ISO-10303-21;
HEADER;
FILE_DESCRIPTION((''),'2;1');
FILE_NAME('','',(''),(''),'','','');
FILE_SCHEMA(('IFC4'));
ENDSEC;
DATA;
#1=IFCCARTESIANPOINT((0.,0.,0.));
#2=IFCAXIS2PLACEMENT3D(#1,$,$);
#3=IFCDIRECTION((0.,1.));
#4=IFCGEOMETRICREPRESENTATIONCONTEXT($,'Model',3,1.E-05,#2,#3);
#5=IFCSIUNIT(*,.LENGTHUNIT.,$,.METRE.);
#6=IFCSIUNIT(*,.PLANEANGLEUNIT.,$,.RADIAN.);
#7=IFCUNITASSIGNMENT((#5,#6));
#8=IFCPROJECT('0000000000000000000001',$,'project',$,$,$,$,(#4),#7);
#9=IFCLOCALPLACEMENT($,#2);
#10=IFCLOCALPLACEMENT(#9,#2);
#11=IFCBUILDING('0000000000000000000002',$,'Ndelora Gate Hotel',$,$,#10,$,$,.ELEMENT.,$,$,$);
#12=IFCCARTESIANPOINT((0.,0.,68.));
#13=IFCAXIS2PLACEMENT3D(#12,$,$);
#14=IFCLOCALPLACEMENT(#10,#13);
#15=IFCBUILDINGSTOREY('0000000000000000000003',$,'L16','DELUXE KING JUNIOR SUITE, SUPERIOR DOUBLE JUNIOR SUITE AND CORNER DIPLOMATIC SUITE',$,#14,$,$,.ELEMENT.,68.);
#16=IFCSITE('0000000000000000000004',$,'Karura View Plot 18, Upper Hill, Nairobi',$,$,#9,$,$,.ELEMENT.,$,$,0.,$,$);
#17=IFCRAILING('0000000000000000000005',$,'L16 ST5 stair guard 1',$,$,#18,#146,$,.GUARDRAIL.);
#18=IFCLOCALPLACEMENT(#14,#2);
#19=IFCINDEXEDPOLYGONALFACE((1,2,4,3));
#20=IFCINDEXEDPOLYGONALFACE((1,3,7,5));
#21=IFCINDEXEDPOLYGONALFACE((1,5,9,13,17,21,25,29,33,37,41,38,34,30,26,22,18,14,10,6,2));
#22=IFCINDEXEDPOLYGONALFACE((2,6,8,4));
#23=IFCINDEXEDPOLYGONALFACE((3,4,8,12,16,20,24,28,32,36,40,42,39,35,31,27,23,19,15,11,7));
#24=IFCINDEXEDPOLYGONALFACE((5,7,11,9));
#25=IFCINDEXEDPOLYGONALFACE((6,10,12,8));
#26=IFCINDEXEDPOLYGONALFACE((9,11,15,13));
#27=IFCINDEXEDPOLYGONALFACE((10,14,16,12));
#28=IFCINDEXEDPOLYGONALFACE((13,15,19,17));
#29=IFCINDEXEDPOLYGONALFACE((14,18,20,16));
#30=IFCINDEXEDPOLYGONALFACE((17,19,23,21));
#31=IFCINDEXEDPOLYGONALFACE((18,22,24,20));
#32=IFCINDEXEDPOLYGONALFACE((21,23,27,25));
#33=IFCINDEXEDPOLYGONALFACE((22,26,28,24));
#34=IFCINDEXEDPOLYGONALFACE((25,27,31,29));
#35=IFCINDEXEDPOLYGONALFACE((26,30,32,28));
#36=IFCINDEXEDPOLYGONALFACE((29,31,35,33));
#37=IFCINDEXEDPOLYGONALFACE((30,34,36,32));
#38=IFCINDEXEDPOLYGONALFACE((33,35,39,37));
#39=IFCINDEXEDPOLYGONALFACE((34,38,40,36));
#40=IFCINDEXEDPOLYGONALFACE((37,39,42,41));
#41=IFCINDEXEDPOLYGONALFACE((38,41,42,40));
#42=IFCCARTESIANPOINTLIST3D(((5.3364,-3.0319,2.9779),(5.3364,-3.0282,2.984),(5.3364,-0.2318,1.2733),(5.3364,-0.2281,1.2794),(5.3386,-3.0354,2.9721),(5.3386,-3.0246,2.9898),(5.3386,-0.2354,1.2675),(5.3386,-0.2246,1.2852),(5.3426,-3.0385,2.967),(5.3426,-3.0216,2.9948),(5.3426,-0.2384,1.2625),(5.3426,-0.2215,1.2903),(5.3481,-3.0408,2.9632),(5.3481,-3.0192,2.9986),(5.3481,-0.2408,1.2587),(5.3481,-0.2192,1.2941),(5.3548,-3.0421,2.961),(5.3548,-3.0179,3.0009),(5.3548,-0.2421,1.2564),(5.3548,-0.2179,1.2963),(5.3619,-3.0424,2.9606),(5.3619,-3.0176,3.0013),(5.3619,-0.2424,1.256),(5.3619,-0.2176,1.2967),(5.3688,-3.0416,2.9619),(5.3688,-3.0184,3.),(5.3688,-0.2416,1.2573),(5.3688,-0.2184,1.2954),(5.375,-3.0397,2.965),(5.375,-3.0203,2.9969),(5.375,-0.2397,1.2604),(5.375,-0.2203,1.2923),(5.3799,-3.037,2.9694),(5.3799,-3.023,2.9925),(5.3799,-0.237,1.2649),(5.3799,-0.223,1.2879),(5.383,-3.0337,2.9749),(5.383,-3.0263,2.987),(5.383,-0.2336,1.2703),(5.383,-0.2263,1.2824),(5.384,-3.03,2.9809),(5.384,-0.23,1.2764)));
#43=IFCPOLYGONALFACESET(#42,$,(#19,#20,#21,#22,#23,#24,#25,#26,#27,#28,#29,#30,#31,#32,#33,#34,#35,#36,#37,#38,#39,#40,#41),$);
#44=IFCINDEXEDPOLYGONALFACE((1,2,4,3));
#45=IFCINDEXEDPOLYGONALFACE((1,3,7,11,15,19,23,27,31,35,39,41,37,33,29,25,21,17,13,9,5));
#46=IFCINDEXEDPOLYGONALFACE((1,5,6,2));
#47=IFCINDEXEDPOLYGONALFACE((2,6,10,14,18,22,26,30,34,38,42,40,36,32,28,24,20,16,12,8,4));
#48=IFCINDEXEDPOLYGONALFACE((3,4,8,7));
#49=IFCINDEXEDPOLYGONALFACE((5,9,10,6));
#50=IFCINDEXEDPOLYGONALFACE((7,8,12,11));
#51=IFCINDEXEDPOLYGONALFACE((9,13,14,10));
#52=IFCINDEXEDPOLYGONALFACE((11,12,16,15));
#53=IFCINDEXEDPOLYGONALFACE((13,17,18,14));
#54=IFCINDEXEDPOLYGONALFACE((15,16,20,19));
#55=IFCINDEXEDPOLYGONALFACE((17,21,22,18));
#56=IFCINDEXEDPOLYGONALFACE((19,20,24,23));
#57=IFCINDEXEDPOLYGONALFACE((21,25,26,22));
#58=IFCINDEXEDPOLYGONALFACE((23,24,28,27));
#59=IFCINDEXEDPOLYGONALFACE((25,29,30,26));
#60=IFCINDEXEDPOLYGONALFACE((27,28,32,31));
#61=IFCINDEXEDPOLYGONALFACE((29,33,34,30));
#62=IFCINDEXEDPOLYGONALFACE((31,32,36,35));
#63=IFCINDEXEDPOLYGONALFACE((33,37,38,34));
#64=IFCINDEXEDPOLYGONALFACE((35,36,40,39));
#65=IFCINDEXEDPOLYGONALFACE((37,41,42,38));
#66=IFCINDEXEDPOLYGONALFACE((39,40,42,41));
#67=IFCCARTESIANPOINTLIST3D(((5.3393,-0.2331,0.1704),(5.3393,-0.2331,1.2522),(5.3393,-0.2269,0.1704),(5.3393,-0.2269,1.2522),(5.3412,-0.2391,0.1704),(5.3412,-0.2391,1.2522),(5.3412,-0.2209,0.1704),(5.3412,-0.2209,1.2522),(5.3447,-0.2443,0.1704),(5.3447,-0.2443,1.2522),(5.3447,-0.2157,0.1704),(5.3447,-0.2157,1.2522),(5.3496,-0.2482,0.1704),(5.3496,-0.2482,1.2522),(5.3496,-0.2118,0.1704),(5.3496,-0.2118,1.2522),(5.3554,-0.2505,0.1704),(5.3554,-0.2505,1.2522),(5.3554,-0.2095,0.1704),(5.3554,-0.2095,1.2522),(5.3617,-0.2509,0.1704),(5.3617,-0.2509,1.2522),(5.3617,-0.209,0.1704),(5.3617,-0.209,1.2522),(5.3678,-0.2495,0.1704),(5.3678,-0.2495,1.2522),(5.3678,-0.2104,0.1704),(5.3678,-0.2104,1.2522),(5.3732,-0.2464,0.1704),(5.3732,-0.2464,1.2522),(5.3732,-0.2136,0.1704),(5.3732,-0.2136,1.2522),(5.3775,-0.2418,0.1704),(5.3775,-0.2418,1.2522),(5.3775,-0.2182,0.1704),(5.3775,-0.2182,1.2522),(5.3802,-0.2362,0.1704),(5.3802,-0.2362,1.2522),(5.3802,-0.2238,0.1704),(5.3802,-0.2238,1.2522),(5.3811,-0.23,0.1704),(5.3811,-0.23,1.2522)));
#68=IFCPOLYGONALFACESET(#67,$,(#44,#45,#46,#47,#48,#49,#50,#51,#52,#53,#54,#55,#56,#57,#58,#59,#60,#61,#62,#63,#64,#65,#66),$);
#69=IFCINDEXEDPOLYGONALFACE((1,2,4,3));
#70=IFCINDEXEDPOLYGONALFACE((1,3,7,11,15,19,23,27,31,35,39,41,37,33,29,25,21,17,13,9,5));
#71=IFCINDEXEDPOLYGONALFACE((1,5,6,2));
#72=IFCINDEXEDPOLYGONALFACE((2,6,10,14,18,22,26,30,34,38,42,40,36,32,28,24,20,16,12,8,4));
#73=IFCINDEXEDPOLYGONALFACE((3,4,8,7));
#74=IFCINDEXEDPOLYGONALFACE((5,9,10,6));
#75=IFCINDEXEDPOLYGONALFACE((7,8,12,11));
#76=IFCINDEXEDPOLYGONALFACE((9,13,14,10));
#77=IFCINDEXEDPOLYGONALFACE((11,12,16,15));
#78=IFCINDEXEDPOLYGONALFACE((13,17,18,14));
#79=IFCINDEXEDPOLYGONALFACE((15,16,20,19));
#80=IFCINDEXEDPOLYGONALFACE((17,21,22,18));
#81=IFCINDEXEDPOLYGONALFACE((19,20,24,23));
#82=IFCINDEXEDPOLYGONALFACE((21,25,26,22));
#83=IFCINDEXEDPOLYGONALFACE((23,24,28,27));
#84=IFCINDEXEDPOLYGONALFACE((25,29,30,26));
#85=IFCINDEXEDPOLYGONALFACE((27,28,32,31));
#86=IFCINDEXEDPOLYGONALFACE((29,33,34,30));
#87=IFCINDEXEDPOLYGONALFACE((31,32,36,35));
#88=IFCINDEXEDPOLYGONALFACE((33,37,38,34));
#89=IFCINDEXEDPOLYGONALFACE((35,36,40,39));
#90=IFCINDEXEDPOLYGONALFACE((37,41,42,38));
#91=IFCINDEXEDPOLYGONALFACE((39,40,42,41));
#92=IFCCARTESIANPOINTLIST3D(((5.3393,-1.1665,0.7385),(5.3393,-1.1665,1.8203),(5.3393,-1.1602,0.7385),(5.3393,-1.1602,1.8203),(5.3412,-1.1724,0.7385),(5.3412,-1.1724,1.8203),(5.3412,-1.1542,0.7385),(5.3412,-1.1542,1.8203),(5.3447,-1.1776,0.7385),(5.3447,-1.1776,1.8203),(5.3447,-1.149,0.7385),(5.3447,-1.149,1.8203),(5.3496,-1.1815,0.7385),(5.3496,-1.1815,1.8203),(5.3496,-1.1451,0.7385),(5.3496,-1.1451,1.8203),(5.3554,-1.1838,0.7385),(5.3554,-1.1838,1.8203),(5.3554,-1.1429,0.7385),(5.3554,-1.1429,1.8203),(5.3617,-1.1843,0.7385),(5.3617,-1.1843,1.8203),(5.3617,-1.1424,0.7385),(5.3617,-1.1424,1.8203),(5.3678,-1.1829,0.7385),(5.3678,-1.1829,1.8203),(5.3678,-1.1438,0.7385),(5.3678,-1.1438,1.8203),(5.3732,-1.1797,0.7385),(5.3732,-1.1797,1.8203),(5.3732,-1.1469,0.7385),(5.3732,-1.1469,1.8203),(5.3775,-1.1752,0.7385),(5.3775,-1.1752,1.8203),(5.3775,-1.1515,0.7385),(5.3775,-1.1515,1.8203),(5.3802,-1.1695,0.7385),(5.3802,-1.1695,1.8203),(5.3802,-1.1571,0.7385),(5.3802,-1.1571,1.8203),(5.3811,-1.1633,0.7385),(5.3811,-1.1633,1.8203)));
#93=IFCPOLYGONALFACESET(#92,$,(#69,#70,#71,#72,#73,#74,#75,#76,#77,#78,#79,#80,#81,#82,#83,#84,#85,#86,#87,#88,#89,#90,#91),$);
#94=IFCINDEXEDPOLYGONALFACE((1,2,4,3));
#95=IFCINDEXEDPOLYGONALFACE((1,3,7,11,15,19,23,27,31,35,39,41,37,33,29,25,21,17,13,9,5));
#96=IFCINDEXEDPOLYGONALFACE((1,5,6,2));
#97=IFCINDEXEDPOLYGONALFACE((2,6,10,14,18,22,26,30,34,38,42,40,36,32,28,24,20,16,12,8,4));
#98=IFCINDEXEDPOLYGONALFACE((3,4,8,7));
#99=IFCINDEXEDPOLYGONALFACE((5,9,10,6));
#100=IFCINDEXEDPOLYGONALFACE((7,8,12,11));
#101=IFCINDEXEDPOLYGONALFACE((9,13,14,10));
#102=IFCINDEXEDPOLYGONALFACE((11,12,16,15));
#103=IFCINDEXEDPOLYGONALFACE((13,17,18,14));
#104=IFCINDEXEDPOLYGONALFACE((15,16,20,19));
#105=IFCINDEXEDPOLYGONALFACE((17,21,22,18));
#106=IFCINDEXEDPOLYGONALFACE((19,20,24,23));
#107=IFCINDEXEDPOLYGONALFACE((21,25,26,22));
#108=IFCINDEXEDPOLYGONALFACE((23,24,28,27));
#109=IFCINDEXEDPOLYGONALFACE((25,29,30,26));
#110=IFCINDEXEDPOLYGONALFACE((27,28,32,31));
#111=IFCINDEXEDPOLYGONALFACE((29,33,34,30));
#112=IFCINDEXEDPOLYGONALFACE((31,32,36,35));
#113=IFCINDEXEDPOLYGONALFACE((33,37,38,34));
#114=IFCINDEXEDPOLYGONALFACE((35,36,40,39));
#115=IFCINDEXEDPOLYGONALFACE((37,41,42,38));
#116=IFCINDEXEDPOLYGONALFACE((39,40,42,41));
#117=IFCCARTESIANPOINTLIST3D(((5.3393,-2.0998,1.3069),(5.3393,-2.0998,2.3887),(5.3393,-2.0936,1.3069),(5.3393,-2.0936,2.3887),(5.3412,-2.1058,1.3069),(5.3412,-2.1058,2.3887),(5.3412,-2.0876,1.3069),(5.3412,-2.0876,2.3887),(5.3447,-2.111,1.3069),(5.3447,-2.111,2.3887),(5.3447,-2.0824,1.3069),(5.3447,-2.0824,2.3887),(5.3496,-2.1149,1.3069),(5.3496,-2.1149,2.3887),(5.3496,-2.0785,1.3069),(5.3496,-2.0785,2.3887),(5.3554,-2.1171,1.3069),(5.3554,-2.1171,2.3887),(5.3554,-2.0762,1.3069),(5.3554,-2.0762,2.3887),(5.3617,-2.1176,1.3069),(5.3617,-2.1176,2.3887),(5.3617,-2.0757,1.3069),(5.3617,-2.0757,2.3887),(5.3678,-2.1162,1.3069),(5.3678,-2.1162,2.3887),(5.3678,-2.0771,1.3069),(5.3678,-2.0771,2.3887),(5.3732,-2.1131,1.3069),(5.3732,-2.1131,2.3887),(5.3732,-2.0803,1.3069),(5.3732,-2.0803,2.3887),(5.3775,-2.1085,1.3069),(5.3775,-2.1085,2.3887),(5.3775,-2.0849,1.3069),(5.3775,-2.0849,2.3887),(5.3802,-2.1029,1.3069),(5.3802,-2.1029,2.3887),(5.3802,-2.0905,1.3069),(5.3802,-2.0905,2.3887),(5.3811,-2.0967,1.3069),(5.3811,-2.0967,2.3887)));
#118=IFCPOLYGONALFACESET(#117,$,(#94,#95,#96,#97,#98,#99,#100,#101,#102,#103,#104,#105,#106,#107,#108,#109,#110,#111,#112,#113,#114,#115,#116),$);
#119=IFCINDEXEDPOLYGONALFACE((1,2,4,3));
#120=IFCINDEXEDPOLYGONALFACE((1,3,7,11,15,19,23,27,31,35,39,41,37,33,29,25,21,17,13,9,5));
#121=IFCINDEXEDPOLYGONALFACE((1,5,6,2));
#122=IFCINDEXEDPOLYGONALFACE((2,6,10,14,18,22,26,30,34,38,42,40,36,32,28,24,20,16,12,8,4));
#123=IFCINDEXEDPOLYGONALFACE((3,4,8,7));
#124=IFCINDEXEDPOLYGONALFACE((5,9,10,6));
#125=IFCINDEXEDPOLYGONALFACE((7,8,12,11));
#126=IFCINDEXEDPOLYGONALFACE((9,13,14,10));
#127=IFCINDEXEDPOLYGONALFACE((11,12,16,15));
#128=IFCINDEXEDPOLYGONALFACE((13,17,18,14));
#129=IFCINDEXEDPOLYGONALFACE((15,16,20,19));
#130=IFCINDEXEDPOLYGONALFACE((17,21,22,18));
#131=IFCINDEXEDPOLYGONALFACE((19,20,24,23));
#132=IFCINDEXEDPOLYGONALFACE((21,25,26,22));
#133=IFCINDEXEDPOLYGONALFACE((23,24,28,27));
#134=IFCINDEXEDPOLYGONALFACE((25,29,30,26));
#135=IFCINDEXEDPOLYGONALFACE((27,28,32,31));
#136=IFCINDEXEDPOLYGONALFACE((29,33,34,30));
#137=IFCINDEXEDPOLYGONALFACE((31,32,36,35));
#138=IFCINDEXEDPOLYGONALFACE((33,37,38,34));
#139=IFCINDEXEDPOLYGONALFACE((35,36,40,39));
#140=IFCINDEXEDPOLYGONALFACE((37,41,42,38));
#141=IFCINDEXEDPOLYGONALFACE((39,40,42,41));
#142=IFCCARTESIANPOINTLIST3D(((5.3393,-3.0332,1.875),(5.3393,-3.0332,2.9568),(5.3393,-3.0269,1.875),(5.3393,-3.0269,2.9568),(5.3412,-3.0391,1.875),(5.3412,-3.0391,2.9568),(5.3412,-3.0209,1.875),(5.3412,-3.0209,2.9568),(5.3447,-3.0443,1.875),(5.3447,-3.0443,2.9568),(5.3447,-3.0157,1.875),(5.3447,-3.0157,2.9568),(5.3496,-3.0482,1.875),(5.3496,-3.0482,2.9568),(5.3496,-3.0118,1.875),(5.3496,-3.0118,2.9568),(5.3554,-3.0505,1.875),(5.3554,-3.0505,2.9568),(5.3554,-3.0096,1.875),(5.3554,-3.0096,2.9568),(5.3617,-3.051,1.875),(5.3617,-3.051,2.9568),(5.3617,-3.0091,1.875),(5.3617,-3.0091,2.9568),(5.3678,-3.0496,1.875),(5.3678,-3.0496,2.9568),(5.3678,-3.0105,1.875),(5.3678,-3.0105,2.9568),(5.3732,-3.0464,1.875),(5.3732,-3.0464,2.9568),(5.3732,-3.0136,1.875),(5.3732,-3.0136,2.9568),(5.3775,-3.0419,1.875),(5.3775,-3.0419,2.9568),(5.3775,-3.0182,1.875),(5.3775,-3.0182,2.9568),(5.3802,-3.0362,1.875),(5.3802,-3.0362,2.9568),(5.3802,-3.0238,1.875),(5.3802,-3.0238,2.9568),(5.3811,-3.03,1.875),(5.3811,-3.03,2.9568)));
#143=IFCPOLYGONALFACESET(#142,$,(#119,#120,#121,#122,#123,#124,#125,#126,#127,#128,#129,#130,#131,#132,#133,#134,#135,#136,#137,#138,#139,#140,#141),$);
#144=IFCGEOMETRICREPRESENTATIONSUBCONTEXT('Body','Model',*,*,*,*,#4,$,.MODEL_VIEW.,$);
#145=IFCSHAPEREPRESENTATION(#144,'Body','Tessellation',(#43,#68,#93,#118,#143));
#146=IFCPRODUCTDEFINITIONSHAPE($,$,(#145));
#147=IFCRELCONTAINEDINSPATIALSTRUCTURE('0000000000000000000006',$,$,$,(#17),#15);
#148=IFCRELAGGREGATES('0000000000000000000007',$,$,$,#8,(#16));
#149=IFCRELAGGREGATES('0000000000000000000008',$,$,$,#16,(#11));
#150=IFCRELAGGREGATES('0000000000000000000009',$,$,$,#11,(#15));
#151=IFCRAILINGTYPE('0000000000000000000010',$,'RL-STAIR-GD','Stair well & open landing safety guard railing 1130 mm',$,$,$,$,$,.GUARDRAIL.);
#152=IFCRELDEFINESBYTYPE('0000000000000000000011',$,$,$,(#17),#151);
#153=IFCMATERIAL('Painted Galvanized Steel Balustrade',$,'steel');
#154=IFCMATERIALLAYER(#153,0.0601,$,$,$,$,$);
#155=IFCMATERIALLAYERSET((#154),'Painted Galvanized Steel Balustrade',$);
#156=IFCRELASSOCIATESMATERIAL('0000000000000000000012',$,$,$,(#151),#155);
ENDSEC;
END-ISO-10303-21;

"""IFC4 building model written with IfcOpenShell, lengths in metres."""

from ifc_helpers import new_model, si_unit, direction, frame, origin, origin_2d, place, context, subcontext, project, spatial, circle, extrude, material, layer, layer_set, type_object, element, save


model = new_model("IFC4")

# Units and contexts
model_context = context("Model", 3, precision=1e-05, world=origin(), true_north=direction((0.0, 1.0)))
body_context = subcontext(model_context, "Body", "Model", "MODEL_VIEW")
ifc_project = project(units=[si_unit("LENGTHUNIT", "METRE"), si_unit("PLANEANGLEUNIT", "RADIAN")], contexts=[model_context])

# Site, building, storey
site_placement = place(None, origin())
site = spatial("IfcSite", under=ifc_project, at=site_placement, Name="Karura View Plot 18, Upper Hill, Nairobi", CompositionType="ELEMENT", RefElevation=0.0)
building_placement = place(site_placement, origin())
building = spatial("IfcBuilding", under=site, at=building_placement, Name="Ndelora Gate Hotel", CompositionType="ELEMENT")
storey_placement = place(building_placement, frame((0.0, 0.0, 68.0)))
storey = spatial("IfcBuildingStorey", under=building, at=storey_placement, Name="L16", Description="DELUXE KING JUNIOR SUITE, SUPERIOR DOUBLE JUNIOR SUITE AND CORNER DIPLOMATIC SUITE", CompositionType="ELEMENT", Elevation=68.0)

# Railing
ifc_material_1 = material(Name="Painted Galvanized Steel Balustrade", Category="steel")
ifc_layer_1 = layer(ifc_material_1, 0.0601)
ifc_layer_set_1 = layer_set([ifc_layer_1], Name="Painted Galvanized Steel Balustrade")
railing_type_1 = type_object("IfcRailingType", Name="RL-STAIR-GD", Description="Stair well & open landing safety guard railing 1130 mm", PredefinedType="GUARDRAIL", material=ifc_layer_set_1)
railing_1_placement = place(storey_placement, frame((5.3601, -0.23, 0.1704)))
element("IfcRailing", 1, at=railing_1_placement, inside=storey, type_object=railing_type_1, Name="L16 ST5 stair guard 1", PredefinedType="GUARDRAIL", context=body_context, shape_type="SweptSolid", body=[
    extrude(circle(Radius=0.0239, at=origin_2d()), frame((0.0, 0.0, 1.106), z_axis=(0.0, -0.85417, 0.519994), x_axis=(1.0, 0.0, 0.0)), (0.0, 0.0, 1.0), 3.2781),
    extrude(circle(Radius=0.021, at=origin_2d()), origin(), (0.0, 0.0, 1.0), 1.0818),
    extrude(circle(Radius=0.021, at=origin_2d()), frame((0.0, -0.9333, 0.5681)), (0.0, 0.0, 1.0), 1.0818),
    extrude(circle(Radius=0.021, at=origin_2d()), frame((0.0, -1.8667, 1.1365)), (0.0, 0.0, 1.0), 1.0818),
    extrude(circle(Radius=0.021, at=origin_2d()), frame((0.0, -2.8, 1.7046)), (0.0, 0.0, 1.0), 1.0818),
])

save(model, "model.ifc")
